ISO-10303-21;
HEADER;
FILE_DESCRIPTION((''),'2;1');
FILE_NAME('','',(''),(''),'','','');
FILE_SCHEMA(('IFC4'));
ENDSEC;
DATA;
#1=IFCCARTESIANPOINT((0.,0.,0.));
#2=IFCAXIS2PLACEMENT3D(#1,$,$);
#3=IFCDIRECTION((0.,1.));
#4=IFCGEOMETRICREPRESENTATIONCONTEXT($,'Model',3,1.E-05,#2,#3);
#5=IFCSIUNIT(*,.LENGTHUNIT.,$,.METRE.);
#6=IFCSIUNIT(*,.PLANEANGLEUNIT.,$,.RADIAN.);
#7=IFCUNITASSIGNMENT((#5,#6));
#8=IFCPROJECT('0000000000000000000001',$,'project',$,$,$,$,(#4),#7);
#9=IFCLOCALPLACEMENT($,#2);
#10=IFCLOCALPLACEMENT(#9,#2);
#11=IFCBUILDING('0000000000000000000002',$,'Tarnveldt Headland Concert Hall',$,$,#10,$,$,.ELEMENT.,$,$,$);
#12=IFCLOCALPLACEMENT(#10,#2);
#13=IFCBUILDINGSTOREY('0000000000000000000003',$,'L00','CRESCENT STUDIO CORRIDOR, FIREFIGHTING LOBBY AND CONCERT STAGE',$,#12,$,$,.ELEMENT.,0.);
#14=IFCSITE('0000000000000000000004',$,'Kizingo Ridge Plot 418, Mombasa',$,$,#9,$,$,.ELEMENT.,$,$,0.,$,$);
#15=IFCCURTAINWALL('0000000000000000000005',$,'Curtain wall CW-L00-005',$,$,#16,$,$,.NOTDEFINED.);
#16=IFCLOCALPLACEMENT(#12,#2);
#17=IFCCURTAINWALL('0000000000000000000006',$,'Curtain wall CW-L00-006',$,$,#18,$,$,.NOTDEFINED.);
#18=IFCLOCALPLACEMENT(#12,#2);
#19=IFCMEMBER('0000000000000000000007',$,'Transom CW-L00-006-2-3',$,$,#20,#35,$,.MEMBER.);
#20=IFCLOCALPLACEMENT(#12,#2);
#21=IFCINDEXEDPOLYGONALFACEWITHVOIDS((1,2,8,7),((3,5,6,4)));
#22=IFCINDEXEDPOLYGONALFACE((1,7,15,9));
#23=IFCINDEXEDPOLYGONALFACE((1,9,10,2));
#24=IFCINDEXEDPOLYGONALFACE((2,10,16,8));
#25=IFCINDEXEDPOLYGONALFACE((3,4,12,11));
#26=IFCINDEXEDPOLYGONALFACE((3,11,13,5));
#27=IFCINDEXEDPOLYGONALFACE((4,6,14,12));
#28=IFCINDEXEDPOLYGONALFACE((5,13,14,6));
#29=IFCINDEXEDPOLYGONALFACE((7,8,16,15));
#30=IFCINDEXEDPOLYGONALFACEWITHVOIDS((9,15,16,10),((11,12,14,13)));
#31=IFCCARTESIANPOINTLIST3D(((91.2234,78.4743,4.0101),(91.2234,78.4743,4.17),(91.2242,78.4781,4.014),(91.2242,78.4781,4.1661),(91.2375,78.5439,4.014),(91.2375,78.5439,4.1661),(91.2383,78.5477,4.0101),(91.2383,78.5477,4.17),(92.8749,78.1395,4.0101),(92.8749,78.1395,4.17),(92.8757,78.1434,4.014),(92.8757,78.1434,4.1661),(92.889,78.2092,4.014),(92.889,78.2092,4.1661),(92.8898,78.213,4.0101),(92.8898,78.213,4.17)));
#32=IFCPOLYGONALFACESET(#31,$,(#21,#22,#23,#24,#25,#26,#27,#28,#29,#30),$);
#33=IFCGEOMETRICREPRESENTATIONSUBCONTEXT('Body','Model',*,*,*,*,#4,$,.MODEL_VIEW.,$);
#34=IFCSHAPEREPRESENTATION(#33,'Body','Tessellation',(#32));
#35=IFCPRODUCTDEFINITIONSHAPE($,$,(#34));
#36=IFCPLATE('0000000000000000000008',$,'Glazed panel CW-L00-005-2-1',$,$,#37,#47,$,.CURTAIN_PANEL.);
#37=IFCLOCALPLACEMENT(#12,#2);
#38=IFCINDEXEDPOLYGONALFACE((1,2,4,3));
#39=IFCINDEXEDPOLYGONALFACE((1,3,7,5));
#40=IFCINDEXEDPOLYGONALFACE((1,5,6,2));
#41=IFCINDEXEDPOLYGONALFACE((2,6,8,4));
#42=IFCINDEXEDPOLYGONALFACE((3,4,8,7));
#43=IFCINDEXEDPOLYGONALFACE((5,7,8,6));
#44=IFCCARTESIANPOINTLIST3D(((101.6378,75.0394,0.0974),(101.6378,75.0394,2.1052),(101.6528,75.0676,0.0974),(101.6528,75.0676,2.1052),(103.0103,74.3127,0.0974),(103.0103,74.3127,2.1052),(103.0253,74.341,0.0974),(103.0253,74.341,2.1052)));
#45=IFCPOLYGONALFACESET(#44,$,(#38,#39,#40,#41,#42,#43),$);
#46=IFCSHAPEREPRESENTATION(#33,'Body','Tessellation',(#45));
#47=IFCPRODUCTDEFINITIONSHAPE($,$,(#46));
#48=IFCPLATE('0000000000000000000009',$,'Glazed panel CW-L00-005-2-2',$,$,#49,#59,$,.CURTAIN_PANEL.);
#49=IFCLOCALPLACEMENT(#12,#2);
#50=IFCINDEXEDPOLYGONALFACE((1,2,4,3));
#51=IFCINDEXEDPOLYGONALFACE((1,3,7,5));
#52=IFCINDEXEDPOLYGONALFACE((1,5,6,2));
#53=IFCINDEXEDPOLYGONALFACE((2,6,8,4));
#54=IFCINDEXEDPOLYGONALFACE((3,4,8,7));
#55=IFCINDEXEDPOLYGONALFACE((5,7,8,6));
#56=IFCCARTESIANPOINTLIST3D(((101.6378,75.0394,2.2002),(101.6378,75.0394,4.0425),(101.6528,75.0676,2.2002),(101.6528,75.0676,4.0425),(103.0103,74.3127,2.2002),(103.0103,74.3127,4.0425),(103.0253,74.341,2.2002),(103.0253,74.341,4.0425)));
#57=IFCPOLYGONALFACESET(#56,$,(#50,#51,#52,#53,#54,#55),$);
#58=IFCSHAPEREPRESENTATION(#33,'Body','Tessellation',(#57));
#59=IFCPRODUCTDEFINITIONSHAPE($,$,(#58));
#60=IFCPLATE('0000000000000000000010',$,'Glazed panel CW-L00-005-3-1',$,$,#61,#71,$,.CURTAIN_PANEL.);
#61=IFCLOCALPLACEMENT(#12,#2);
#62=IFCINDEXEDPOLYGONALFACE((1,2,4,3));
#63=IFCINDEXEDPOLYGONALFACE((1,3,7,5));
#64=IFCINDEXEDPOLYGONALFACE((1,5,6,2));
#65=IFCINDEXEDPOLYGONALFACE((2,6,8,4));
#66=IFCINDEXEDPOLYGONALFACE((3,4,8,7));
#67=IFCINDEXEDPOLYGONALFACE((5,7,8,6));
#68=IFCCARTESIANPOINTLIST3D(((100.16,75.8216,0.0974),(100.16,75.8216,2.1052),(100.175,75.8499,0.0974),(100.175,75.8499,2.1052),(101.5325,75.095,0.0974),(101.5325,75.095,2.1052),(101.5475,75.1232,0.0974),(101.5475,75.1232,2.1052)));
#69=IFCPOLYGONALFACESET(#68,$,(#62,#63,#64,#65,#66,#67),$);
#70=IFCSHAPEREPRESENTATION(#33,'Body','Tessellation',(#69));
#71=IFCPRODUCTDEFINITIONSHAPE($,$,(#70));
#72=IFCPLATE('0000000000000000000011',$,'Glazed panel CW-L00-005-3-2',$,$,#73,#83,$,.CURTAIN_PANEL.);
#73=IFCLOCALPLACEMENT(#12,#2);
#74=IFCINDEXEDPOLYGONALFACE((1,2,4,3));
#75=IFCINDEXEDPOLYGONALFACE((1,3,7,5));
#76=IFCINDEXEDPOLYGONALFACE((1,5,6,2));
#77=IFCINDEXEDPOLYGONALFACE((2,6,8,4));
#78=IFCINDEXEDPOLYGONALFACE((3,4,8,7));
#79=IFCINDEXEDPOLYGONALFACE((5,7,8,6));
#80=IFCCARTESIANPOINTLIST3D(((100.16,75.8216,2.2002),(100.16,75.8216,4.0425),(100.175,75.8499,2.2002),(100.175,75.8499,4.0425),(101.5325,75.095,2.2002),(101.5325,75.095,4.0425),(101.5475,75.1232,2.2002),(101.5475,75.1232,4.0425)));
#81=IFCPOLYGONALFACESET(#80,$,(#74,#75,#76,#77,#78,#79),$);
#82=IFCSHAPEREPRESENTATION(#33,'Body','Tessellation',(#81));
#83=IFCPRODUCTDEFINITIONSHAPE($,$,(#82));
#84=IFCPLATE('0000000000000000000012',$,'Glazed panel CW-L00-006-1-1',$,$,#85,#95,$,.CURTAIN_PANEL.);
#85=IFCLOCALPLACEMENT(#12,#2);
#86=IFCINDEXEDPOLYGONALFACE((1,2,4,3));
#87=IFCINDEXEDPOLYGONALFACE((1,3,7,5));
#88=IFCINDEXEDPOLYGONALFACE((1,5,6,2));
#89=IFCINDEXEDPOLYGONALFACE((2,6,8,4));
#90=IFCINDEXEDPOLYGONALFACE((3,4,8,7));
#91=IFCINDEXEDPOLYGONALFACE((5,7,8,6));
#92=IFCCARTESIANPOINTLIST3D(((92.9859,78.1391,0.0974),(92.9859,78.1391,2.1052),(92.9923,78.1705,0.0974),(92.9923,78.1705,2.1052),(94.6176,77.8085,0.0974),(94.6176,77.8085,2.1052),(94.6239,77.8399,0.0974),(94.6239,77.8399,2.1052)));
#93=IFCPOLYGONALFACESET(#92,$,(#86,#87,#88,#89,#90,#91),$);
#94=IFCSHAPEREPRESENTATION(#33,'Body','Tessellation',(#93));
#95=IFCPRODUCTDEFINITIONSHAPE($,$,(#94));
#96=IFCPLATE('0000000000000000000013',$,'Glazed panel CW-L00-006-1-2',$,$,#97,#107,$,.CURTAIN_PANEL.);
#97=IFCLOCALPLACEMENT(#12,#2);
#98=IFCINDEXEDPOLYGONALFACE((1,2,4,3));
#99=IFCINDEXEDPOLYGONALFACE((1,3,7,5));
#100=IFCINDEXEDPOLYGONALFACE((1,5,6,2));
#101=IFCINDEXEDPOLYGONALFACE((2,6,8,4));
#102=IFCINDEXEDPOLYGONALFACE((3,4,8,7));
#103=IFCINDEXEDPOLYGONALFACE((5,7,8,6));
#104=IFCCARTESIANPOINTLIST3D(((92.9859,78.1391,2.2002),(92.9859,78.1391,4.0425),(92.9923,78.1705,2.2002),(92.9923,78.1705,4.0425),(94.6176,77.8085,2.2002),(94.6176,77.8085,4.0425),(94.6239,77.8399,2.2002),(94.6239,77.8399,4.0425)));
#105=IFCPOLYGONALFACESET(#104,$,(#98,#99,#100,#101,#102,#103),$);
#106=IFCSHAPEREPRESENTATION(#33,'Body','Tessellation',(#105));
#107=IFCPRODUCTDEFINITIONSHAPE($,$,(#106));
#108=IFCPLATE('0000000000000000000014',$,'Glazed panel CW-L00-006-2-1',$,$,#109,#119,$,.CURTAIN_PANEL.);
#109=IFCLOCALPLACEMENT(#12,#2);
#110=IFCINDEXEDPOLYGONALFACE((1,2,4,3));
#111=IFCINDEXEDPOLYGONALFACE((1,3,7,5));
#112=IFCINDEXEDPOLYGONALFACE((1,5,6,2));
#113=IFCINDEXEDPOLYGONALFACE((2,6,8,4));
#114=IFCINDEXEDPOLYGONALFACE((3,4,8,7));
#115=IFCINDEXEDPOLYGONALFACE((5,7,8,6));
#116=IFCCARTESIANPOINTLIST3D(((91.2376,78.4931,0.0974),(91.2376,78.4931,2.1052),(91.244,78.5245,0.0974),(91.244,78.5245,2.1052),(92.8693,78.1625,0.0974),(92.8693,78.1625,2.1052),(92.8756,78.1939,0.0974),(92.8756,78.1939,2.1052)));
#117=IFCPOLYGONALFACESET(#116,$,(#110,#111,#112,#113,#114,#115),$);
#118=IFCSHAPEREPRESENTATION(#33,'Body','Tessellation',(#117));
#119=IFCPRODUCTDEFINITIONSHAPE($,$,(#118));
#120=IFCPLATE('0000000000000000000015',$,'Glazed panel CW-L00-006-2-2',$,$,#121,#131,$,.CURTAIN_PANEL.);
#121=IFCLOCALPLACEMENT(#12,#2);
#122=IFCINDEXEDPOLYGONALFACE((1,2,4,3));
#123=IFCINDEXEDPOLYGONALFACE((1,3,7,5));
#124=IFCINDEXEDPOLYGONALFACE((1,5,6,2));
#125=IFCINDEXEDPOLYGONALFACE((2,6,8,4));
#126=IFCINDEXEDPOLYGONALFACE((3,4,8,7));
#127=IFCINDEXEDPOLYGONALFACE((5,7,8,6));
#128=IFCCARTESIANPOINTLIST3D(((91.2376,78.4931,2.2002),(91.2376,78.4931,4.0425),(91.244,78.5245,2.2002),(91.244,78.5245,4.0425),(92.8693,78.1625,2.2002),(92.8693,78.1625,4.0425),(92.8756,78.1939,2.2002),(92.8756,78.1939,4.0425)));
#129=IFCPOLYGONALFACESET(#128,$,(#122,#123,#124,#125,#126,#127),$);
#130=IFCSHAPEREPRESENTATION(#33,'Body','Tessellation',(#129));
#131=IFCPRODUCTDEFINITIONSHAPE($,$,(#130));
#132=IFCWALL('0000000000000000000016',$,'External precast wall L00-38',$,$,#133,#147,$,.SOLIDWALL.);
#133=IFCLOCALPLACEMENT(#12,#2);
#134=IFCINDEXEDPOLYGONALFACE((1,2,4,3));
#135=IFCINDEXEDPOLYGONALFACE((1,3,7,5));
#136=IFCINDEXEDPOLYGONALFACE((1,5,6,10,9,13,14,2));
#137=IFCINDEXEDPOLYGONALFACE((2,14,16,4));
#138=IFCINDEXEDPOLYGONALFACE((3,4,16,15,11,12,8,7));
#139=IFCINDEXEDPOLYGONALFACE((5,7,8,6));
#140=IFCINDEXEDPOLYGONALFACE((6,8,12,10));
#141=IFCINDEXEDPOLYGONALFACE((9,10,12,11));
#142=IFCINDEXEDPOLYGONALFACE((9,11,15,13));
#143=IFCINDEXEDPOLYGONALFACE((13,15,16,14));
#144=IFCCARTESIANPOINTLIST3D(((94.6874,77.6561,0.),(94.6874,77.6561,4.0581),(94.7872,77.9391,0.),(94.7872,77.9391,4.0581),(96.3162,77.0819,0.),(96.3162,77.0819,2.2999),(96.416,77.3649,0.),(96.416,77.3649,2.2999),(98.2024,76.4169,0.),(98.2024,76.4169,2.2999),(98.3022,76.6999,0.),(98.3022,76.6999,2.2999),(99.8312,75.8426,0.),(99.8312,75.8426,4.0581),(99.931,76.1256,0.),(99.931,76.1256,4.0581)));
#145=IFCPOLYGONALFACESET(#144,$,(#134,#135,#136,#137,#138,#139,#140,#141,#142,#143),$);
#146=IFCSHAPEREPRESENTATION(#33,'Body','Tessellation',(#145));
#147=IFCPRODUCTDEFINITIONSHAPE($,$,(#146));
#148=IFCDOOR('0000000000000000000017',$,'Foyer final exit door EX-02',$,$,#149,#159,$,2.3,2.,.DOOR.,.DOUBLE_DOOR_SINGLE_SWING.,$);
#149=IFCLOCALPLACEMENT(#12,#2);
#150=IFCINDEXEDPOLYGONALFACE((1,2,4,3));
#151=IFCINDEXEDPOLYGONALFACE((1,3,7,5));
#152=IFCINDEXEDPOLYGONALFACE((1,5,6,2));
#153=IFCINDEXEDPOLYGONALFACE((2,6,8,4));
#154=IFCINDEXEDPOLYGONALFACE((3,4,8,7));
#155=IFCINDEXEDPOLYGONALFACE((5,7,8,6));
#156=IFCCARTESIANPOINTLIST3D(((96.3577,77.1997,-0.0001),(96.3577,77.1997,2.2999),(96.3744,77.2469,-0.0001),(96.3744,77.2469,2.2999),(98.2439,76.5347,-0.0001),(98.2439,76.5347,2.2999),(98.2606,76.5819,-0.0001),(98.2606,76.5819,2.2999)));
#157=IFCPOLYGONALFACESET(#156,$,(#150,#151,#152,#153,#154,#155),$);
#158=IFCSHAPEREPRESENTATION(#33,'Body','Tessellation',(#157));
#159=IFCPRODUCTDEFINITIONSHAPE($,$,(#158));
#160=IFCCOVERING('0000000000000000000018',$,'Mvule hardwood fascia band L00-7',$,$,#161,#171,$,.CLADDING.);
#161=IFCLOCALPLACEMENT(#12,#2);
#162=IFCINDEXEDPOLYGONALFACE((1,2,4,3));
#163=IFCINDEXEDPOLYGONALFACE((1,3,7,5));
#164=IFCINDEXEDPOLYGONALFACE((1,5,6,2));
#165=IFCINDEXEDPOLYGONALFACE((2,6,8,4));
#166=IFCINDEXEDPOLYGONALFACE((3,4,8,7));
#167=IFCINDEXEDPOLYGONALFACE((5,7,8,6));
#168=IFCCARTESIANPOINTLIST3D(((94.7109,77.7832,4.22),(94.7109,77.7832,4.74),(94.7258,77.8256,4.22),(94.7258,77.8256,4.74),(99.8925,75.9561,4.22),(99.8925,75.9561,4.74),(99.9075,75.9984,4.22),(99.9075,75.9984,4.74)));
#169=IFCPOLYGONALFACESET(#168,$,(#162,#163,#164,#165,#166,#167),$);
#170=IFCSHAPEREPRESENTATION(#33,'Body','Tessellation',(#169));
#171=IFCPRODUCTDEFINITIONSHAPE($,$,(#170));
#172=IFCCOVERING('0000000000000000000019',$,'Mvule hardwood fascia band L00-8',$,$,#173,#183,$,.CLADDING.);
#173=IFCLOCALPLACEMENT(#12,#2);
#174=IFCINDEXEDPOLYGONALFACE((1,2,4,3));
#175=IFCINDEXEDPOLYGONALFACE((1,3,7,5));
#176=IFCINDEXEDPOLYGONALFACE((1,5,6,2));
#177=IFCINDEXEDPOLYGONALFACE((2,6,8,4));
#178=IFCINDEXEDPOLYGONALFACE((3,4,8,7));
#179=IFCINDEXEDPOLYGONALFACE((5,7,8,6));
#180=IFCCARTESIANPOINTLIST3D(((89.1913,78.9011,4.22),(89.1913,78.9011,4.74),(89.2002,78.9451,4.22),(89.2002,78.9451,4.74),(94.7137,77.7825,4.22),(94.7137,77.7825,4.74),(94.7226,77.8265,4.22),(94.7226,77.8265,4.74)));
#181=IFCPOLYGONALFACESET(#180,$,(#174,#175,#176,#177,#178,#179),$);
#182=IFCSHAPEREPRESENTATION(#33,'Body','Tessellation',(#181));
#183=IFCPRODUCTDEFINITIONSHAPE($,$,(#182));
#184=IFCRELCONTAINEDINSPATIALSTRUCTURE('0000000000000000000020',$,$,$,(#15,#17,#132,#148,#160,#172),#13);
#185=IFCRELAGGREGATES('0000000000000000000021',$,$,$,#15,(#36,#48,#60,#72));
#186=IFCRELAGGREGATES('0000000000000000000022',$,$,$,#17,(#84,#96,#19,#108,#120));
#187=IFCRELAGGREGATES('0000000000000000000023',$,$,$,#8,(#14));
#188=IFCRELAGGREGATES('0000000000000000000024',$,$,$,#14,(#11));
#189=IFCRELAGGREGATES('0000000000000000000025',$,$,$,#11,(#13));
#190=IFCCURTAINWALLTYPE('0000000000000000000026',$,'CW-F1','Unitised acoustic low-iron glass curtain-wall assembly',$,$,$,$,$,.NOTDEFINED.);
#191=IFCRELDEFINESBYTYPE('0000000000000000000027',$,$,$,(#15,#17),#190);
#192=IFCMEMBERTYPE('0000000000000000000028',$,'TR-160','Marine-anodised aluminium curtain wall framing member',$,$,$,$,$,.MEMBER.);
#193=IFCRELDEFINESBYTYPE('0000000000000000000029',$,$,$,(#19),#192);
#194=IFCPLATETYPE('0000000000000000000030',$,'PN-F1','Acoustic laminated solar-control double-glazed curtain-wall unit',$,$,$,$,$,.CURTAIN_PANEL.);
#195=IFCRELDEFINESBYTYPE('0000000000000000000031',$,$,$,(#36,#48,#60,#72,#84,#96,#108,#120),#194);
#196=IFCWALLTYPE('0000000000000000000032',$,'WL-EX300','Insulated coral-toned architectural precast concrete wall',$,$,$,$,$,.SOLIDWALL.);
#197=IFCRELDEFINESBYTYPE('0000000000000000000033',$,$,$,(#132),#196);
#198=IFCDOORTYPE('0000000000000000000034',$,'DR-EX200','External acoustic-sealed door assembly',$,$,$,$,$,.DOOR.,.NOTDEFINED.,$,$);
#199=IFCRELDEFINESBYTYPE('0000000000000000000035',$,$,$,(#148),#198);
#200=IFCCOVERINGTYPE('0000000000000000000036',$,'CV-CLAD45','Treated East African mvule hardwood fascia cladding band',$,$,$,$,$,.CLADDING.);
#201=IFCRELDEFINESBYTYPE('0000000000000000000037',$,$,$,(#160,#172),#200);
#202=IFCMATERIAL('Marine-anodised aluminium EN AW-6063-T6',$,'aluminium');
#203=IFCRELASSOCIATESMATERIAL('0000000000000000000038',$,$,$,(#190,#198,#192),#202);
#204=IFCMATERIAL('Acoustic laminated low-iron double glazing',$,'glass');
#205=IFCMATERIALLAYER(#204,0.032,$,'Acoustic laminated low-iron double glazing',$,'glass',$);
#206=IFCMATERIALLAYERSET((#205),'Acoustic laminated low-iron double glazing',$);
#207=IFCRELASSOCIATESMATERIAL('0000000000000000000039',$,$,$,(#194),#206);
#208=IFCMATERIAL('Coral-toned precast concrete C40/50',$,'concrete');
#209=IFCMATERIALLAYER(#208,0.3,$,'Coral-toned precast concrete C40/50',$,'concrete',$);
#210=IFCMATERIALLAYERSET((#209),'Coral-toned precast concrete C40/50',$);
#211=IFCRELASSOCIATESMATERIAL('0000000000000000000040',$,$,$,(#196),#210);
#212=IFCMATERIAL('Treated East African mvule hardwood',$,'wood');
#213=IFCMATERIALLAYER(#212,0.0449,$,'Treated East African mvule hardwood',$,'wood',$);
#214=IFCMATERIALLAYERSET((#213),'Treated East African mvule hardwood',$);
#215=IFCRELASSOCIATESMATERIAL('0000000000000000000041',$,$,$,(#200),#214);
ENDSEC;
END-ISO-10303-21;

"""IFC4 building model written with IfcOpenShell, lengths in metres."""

from ifc_helpers import new_model, si_unit, direction, frame, frame_2d, origin, origin_2d, place, context, subcontext, project, spatial, rectangle, hollow_rectangle, extrude, material, layer, layer_set, material_profile, profile_set, type_object, element, fill, aggregate, save


model = new_model("IFC4")

# Units and contexts
model_context = context("Model", 3, precision=1e-05, world=origin(), true_north=direction((0.0, 1.0)))
body_context = subcontext(model_context, "Body", "Model", "MODEL_VIEW")
ifc_project = project(units=[si_unit("LENGTHUNIT", "METRE"), si_unit("PLANEANGLEUNIT", "RADIAN")], contexts=[model_context])

# Site, building, storey
site_placement = place(None, origin())
site = spatial("IfcSite", under=ifc_project, at=site_placement, Name="Kizingo Ridge Plot 418, Mombasa", CompositionType="ELEMENT", RefElevation=0.0)
building_placement = place(site_placement, origin())
building = spatial("IfcBuilding", under=site, at=building_placement, Name="Tarnveldt Headland Concert Hall", CompositionType="ELEMENT")
storey_placement = place(building_placement, origin())
storey = spatial("IfcBuildingStorey", under=building, at=storey_placement, Name="L00", Description="CRESCENT STUDIO CORRIDOR, FIREFIGHTING LOBBY AND CONCERT STAGE", CompositionType="ELEMENT", Elevation=0.0)

# Curtain walls
ifc_material_1 = material(Name="Marine-anodised aluminium EN AW-6063-T6", Category="aluminium")
curtain_wall_type = type_object("IfcCurtainWallType", Name="CW-F1", Description="Unitised acoustic low-iron glass curtain-wall assembly", PredefinedType="NOTDEFINED", material=ifc_material_1)
curtain_wall_1_placement = place(storey_placement, origin())
curtain_wall_1 = element("IfcCurtainWall", 1, at=curtain_wall_1_placement, inside=storey, type_object=curtain_wall_type, Name="Curtain wall CW-L00-005", PredefinedType="NOTDEFINED")
curtain_wall_2_placement = place(storey_placement, origin())
curtain_wall_2 = element("IfcCurtainWall", 2, at=curtain_wall_2_placement, inside=storey, type_object=curtain_wall_type, Name="Curtain wall CW-L00-006", PredefinedType="NOTDEFINED")

# Member
ifc_material_profile_1 = material_profile(ifc_material_1, hollow_rectangle(XDim=0.075, YDim=0.1599, WallThickness=0.0039, at=origin_2d()), Name="ALU TRANSOM 75x160x4", Category="aluminium")
ifc_profile_set_1 = profile_set([ifc_material_profile_1], Name="Marine-anodised aluminium EN AW-6063-T6")
member_type_1 = type_object("IfcMemberType", Name="TR-160", Description="Marine-anodised aluminium curtain wall framing member", PredefinedType="MEMBER", material=ifc_profile_set_1)
member_1_placement = place(storey_placement, frame((92.8823, 78.1763, 4.0901), z_axis=(-0.98007, 0.198651, 0.0), x_axis=(-0.198651, -0.98007, 0.0)))
member_1 = element("IfcMember", 3, at=member_1_placement, type_object=member_type_1, Name="Transom CW-L00-006-2-3", PredefinedType="MEMBER", context=body_context, shape_type="SweptSolid", body=[
    extrude(hollow_rectangle(XDim=0.075, YDim=0.1599, WallThickness=0.0039, at=origin_2d()), origin(), (0.0, 0.0, 1.0), 1.6851),
])

# Plates
ifc_material_2 = material(Name="Acoustic laminated low-iron double glazing", Category="glass")
ifc_layer_1 = layer(ifc_material_2, 0.032, Name="Acoustic laminated low-iron double glazing", Category="glass")
ifc_layer_set_1 = layer_set([ifc_layer_1], Name="Acoustic laminated low-iron double glazing")
plate_type = type_object("IfcPlateType", Name="PN-F1", Description="Acoustic laminated solar-control double-glazed curtain-wall unit", PredefinedType="CURTAIN_PANEL", material=ifc_layer_set_1)
plate_1_placement = place(storey_placement, frame((102.3315, 74.6902, 0.0974), z_axis=(0.0, 0.0, 1.0), x_axis=(-0.883782, 0.467899, 0.0)))
plate_1 = element("IfcPlate", 4, at=plate_1_placement, type_object=plate_type, Name="Glazed panel CW-L00-005-2-1", PredefinedType="CURTAIN_PANEL", context=body_context, shape_type="SweptSolid", body=[
    extrude(rectangle(XDim=1.553, YDim=0.032, at=origin_2d()), origin(), (0.0, 0.0, 1.0), 2.0078),
])
plate_2_placement = place(storey_placement, frame((102.3315, 74.6902, 2.2002), z_axis=(0.0, 0.0, 1.0), x_axis=(-0.883782, 0.467899, 0.0)))
plate_2 = element("IfcPlate", 5, at=plate_2_placement, type_object=plate_type, Name="Glazed panel CW-L00-005-2-2", PredefinedType="CURTAIN_PANEL", context=body_context, shape_type="SweptSolid", body=[
    extrude(rectangle(XDim=1.553, YDim=0.032, at=origin_2d()), origin(), (0.0, 0.0, 1.0), 1.8423),
])
plate_3_placement = place(storey_placement, frame((100.8538, 75.4724, 0.0974), z_axis=(0.0, 0.0, 1.0), x_axis=(-0.883782, 0.467899, 0.0)))
plate_3 = element("IfcPlate", 6, at=plate_3_placement, type_object=plate_type, Name="Glazed panel CW-L00-005-3-1", PredefinedType="CURTAIN_PANEL", context=body_context, shape_type="SweptSolid", body=[
    extrude(rectangle(XDim=1.553, YDim=0.032, at=origin_2d()), origin(), (0.0, 0.0, 1.0), 2.0078),
])
plate_4_placement = place(storey_placement, frame((100.8538, 75.4724, 2.2002), z_axis=(0.0, 0.0, 1.0), x_axis=(-0.883782, 0.467899, 0.0)))
plate_4 = element("IfcPlate", 7, at=plate_4_placement, type_object=plate_type, Name="Glazed panel CW-L00-005-3-2", PredefinedType="CURTAIN_PANEL", context=body_context, shape_type="SweptSolid", body=[
    extrude(rectangle(XDim=1.553, YDim=0.032, at=origin_2d()), origin(), (0.0, 0.0, 1.0), 1.8423),
])
aggregate(curtain_wall_1, [plate_1, plate_2, plate_3, plate_4])
plate_5_placement = place(storey_placement, frame((93.8049, 77.9895, 0.0974), z_axis=(0.0, 0.0, 1.0), x_axis=(-0.980088, 0.198564, 0.0)))
plate_5 = element("IfcPlate", 8, at=plate_5_placement, type_object=plate_type, Name="Glazed panel CW-L00-006-1-1", PredefinedType="CURTAIN_PANEL", context=body_context, shape_type="SweptSolid", body=[
    extrude(rectangle(XDim=1.6648, YDim=0.032, at=origin_2d()), origin(), (0.0, 0.0, 1.0), 2.0078),
])
plate_6_placement = place(storey_placement, frame((93.8049, 77.9895, 2.2002), z_axis=(0.0, 0.0, 1.0), x_axis=(-0.980088, 0.198564, 0.0)))
plate_6 = element("IfcPlate", 9, at=plate_6_placement, type_object=plate_type, Name="Glazed panel CW-L00-006-1-2", PredefinedType="CURTAIN_PANEL", context=body_context, shape_type="SweptSolid", body=[
    extrude(rectangle(XDim=1.6648, YDim=0.032, at=origin_2d()), origin(), (0.0, 0.0, 1.0), 1.8423),
])
plate_7_placement = place(storey_placement, frame((92.0566, 78.3435, 0.0974), z_axis=(0.0, 0.0, 1.0), x_axis=(-0.980088, 0.198564, 0.0)))
plate_7 = element("IfcPlate", 10, at=plate_7_placement, type_object=plate_type, Name="Glazed panel CW-L00-006-2-1", PredefinedType="CURTAIN_PANEL", context=body_context, shape_type="SweptSolid", body=[
    extrude(rectangle(XDim=1.6648, YDim=0.032, at=origin_2d()), origin(), (0.0, 0.0, 1.0), 2.0078),
])
plate_8_placement = place(storey_placement, frame((92.0566, 78.3435, 2.2002), z_axis=(0.0, 0.0, 1.0), x_axis=(-0.980088, 0.198564, 0.0)))
plate_8 = element("IfcPlate", 11, at=plate_8_placement, type_object=plate_type, Name="Glazed panel CW-L00-006-2-2", PredefinedType="CURTAIN_PANEL", context=body_context, shape_type="SweptSolid", body=[
    extrude(rectangle(XDim=1.6648, YDim=0.032, at=origin_2d()), origin(), (0.0, 0.0, 1.0), 1.8423),
])
aggregate(curtain_wall_2, [plate_5, plate_6, member_1, plate_7, plate_8])

# Wall, opening, door
ifc_material_3 = material(Name="Coral-toned precast concrete C40/50", Category="concrete")
ifc_layer_2 = layer(ifc_material_3, 0.3, Name="Coral-toned precast concrete C40/50", Category="concrete")
ifc_layer_set_2 = layer_set([ifc_layer_2], Name="Coral-toned precast concrete C40/50")
wall_type = type_object("IfcWallType", Name="WL-EX300", Description="Insulated coral-toned architectural precast concrete wall", PredefinedType="SOLIDWALL", material=ifc_layer_set_2)
wall_placement = place(storey_placement, frame((94.7373, 77.7976, 0.0), z_axis=(0.0, 0.0, 1.0), x_axis=(0.943104, -0.332497, 0.0)))
wall = element("IfcWall", 12, at=wall_placement, inside=storey, type_object=wall_type, Name="External precast wall L00-38", PredefinedType="SOLIDWALL", context=body_context, shape_type="SweptSolid", body=[
    extrude(rectangle(XDim=5.4541, YDim=0.3, at=frame_2d((2.7271, 0.0))), origin(), (0.0, 0.0, 1.0), 4.0581),
])
opening_placement = place(wall_placement, frame((1.7271, 0.0, 0.0)))
opening = element("IfcOpeningElement", 13, at=opening_placement, cuts=wall, PredefinedType="OPENING", context=body_context, shape_type="SweptSolid", body=[
    extrude(rectangle(XDim=2.0, YDim=2.3, at=frame_2d((1.0, 1.1499))), frame((0.0, 0.1599, 0.0), z_axis=(0.0, -1.0, 0.0), x_axis=(1.0, 0.0, 0.0)), (0.0, 0.0, 1.0), 0.3201),
])
door_type = type_object("IfcDoorType", Name="DR-EX200", Description="External acoustic-sealed door assembly", OperationType="NOTDEFINED", PredefinedType="DOOR", material=ifc_material_1)
door_placement = place(opening_placement, origin())
door = element("IfcDoor", 14, at=door_placement, inside=storey, type_object=door_type, Name="Foyer final exit door EX-02", OperationType="DOUBLE_DOOR_SINGLE_SWING", OverallHeight=2.3, OverallWidth=2.0, PredefinedType="DOOR", context=body_context, shape_type="SweptSolid", body=[
    extrude(rectangle(XDim=2.0, YDim=2.3, at=frame_2d((1.0, 1.1499))), frame((0.0, 0.0249, 0.0), z_axis=(0.0, -1.0, 0.0), x_axis=(1.0, 0.0, 0.0)), (0.0, 0.0, 1.0), 0.05),
])
fill(opening, door)

# Coverings
ifc_material_4 = material(Name="Treated East African mvule hardwood", Category="wood")
ifc_layer_3 = layer(ifc_material_4, 0.0449, Name="Treated East African mvule hardwood", Category="wood")
ifc_layer_set_3 = layer_set([ifc_layer_3], Name="Treated East African mvule hardwood")
covering_type_1 = type_object("IfcCoveringType", Name="CV-CLAD45", Description="Treated East African mvule hardwood fascia cladding band", PredefinedType="CLADDING", material=ifc_layer_set_3)
covering_1_placement = place(storey_placement, frame((99.8999, 75.9773, 4.22), z_axis=(0.0, 0.0, 1.0), x_axis=(-0.943085, 0.33255, 0.0)))
element("IfcCovering", 15, at=covering_1_placement, inside=storey, type_object=covering_type_1, Name="Mvule hardwood fascia band L00-7", PredefinedType="CLADDING", context=body_context, shape_type="SweptSolid", body=[
    extrude(rectangle(XDim=5.4944, YDim=0.0449, at=frame_2d((2.7471, 0.0))), origin(), (0.0, 0.0, 1.0), 0.52),
])
covering_2_placement = place(storey_placement, frame((94.7183, 77.8044, 4.22), z_axis=(0.0, 0.0, 1.0), x_axis=(-0.980094, 0.198532, 0.0)))
element("IfcCovering", 16, at=covering_2_placement, inside=storey, type_object=covering_type_1, Name="Mvule hardwood fascia band L00-8", PredefinedType="CLADDING", context=body_context, shape_type="SweptSolid", body=[
    extrude(rectangle(XDim=5.6345, YDim=0.0449, at=frame_2d((2.8174, 0.0))), origin(), (0.0, 0.0, 1.0), 0.52),
])

save(model, "model.ifc")
